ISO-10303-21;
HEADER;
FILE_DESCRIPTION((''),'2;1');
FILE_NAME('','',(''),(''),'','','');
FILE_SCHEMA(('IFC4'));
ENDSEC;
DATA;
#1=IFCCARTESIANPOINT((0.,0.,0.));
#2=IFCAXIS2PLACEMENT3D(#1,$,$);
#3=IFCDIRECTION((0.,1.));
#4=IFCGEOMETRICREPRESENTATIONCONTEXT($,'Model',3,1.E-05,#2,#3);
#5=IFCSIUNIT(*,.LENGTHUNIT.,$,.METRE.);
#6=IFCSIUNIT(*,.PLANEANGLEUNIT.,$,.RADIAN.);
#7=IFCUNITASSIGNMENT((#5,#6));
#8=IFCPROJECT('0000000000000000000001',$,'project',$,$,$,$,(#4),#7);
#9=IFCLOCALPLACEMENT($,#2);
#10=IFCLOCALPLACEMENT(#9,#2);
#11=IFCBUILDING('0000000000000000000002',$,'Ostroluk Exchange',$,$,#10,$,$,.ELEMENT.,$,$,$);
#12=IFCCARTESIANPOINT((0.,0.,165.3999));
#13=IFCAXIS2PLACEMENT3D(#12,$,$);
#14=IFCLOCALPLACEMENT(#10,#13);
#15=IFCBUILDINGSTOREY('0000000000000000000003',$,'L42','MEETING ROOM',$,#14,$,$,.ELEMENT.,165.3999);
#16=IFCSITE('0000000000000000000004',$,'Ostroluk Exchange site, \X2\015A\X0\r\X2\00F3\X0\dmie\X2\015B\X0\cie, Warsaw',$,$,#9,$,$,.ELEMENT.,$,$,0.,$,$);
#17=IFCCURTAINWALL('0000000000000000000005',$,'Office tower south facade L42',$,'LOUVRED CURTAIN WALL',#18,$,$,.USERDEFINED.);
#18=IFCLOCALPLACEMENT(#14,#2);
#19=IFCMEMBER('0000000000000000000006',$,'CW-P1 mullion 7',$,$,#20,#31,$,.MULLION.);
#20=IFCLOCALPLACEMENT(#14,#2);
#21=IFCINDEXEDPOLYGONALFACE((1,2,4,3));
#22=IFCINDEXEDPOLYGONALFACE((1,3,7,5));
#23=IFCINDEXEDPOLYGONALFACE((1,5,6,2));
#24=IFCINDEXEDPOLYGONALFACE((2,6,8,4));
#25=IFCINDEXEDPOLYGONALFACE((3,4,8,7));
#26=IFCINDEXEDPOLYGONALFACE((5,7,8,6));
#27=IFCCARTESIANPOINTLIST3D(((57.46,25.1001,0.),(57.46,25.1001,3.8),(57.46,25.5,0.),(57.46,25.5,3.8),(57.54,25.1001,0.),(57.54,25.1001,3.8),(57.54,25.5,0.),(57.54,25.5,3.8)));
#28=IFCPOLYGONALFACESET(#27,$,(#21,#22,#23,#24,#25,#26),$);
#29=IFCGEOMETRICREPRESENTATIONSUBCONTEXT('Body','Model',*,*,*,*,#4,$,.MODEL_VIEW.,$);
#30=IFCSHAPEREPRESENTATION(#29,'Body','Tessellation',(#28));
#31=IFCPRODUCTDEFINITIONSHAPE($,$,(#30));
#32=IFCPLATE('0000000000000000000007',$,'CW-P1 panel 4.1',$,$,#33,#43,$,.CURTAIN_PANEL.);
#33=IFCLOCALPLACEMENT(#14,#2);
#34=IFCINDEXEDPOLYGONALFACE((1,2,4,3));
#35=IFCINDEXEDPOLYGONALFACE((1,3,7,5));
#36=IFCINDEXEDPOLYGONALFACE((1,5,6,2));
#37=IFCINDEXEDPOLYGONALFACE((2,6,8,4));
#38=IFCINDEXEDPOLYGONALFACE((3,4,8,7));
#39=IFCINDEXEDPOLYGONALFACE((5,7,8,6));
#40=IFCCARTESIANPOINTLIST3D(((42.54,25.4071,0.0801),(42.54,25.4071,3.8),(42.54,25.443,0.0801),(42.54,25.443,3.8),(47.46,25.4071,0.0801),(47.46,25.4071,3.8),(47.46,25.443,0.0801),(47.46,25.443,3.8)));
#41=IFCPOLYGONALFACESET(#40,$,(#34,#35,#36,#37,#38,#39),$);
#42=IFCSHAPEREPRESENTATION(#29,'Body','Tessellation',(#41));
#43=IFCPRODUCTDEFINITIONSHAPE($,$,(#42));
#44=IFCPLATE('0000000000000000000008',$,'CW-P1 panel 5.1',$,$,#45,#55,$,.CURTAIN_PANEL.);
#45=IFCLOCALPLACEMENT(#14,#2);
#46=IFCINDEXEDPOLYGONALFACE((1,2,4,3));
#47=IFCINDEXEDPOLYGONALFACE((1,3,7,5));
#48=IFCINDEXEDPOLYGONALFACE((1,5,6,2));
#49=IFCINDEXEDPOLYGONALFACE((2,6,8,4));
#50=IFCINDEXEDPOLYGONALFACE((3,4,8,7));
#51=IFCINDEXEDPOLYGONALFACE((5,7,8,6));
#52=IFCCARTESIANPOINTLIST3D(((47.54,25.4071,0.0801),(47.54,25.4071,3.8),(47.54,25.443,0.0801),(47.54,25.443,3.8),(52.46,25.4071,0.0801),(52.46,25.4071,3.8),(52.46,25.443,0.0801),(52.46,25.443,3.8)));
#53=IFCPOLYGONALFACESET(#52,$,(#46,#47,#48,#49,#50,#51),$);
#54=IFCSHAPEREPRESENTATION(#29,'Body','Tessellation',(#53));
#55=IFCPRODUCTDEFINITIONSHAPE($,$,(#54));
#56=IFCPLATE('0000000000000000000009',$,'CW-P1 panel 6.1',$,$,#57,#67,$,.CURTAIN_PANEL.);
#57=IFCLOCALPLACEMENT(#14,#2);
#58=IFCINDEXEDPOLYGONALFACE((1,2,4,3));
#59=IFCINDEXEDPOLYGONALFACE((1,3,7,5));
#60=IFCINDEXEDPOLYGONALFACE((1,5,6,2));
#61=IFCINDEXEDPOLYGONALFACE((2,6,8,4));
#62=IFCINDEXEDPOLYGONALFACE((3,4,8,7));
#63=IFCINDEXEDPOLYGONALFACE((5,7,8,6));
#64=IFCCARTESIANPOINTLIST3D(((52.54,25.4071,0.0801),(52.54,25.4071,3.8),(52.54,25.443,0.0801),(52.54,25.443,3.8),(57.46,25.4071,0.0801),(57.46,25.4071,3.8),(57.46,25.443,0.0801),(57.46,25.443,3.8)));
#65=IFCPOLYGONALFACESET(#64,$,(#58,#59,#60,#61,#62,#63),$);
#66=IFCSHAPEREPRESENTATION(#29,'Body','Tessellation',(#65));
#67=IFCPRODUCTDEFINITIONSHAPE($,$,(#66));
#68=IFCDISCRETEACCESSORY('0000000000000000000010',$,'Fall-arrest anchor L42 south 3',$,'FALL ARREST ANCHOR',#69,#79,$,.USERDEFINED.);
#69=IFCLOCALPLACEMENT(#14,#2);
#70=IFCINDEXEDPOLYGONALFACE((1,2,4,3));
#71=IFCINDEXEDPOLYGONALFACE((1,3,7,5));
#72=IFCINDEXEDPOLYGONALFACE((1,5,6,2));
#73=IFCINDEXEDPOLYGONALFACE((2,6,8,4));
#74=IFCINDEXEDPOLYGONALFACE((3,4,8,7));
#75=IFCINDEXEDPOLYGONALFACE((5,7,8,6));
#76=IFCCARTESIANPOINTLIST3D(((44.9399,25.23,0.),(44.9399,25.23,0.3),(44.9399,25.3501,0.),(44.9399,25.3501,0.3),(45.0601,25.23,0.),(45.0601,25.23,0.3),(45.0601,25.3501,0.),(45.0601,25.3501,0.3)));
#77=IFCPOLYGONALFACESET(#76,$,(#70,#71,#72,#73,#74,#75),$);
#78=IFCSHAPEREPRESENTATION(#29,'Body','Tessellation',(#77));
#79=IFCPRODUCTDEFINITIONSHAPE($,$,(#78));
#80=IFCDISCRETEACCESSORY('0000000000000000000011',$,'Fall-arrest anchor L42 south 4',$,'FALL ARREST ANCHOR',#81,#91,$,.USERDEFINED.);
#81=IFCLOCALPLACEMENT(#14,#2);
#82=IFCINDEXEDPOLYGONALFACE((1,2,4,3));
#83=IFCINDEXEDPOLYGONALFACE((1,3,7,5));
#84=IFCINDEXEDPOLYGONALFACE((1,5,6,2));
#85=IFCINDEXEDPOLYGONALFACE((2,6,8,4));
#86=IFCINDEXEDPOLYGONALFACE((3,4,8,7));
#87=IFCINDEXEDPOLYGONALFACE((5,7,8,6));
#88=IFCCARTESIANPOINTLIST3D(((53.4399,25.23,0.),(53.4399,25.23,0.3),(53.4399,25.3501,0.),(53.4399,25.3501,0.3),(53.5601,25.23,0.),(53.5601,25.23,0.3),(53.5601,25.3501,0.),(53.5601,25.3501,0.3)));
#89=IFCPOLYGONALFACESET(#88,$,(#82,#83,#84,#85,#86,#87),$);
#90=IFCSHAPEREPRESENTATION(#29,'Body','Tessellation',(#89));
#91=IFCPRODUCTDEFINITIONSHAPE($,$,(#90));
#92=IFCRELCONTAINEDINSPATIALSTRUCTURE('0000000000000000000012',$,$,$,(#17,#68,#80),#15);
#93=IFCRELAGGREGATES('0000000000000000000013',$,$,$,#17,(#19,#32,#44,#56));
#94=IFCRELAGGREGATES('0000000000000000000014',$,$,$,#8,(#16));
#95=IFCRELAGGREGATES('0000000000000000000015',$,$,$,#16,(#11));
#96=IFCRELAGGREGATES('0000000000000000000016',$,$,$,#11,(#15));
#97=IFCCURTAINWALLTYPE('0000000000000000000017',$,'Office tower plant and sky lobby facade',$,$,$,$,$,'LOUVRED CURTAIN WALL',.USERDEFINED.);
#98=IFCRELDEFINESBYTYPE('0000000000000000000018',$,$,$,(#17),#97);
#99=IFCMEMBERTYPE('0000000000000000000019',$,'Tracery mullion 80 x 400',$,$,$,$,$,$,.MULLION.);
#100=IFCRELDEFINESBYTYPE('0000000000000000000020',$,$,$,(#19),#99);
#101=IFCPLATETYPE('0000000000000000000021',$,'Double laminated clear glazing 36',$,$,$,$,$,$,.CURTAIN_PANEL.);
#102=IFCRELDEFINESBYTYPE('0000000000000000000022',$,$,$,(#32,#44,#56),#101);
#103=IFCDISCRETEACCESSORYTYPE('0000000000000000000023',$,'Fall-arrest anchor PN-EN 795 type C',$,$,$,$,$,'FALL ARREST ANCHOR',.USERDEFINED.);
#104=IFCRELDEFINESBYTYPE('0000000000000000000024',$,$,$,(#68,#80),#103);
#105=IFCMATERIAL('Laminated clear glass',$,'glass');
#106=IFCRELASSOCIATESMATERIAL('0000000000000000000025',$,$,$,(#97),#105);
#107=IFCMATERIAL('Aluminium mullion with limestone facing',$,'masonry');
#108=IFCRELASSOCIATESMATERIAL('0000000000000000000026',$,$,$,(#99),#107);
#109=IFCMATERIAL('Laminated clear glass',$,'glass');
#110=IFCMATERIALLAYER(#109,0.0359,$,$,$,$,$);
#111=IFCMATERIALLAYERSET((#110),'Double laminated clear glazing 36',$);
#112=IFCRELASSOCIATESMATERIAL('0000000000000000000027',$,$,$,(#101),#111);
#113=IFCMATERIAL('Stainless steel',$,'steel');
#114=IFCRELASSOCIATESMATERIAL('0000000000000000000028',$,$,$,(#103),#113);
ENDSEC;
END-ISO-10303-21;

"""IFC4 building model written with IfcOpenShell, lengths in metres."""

from ifc_helpers import new_model, si_unit, direction, frame, origin, origin_2d, place, context, subcontext, project, spatial, rectangle, extrude, material, layer, layer_set, material_profile, profile_set, type_object, element, aggregate, save


model = new_model("IFC4")

# Units and contexts
model_context = context("Model", 3, precision=1e-05, world=origin(), true_north=direction((0.0, 1.0)))
body_context = subcontext(model_context, "Body", "Model", "MODEL_VIEW")
ifc_project = project(units=[si_unit("LENGTHUNIT", "METRE"), si_unit("PLANEANGLEUNIT", "RADIAN")], contexts=[model_context])

# Site, building, storey
site_placement = place(None, origin())
site = spatial("IfcSite", under=ifc_project, at=site_placement, Name="Ostroluk Exchange site, Śródmieście, Warsaw", CompositionType="ELEMENT", RefElevation=0.0)
building_placement = place(site_placement, origin())
building = spatial("IfcBuilding", under=site, at=building_placement, Name="Ostroluk Exchange", CompositionType="ELEMENT")
storey_placement = place(building_placement, frame((0.0, 0.0, 165.3999)))
storey = spatial("IfcBuildingStorey", under=building, at=storey_placement, Name="L42", Description="MEETING ROOM", CompositionType="ELEMENT", Elevation=165.3999)

# Curtain wall, member, plates
ifc_material_1 = material(Name="Laminated clear glass", Category="glass")
curtain_wall_type = type_object("IfcCurtainWallType", Name="Office tower plant and sky lobby facade", ElementType="LOUVRED CURTAIN WALL", PredefinedType="USERDEFINED", material=ifc_material_1)
curtain_wall_placement = place(storey_placement, origin())
curtain_wall = element("IfcCurtainWall", 1, at=curtain_wall_placement, inside=storey, type_object=curtain_wall_type, Name="Office tower south facade L42", ObjectType="LOUVRED CURTAIN WALL", PredefinedType="USERDEFINED")
ifc_material_2 = material(Name="Aluminium mullion with limestone facing", Category="masonry")
ifc_material_profile_1 = material_profile(ifc_material_2, rectangle(XDim=0.3999, YDim=0.0801, at=origin_2d()), Name="Tracery mullion 80 x 400")
ifc_profile_set_1 = profile_set([ifc_material_profile_1], Name="Aluminium mullion with limestone facing")
member_type_1 = type_object("IfcMemberType", Name="Tracery mullion 80 x 400", PredefinedType="MULLION", material=ifc_profile_set_1)
member_1_placement = place(storey_placement, frame((57.5, 25.3, 0.0), z_axis=(0.0, 0.0, 1.0), x_axis=(0.0, 1.0, 0.0)))
member_1 = element("IfcMember", 2, at=member_1_placement, type_object=member_type_1, Name="CW-P1 mullion 7", PredefinedType="MULLION", context=body_context, shape_type="SweptSolid", body=[
    extrude(rectangle(XDim=0.3999, YDim=0.0801, at=origin_2d()), origin(), (0.0, 0.0, 1.0), 3.8),
])
ifc_material_3 = material(Name="Laminated clear glass", Category="glass")
ifc_layer = layer(ifc_material_3, 0.0359)
ifc_layer_set = layer_set([ifc_layer], Name="Double laminated clear glazing 36")
plate_type = type_object("IfcPlateType", Name="Double laminated clear glazing 36", PredefinedType="CURTAIN_PANEL", material=ifc_layer_set)
plate_1_placement = place(storey_placement, frame((45.0, 25.425, 0.0801), z_axis=(0.0, 0.0, 1.0), x_axis=(1.0, 0.0, 0.0)))
plate_1 = element("IfcPlate", 3, at=plate_1_placement, type_object=plate_type, Name="CW-P1 panel 4.1", PredefinedType="CURTAIN_PANEL", context=body_context, shape_type="SweptSolid", body=[
    extrude(rectangle(XDim=4.9199, YDim=0.0359, at=origin_2d()), origin(), (0.0, 0.0, 1.0), 3.72),
])
plate_2_placement = place(storey_placement, frame((50.0, 25.425, 0.0801), z_axis=(0.0, 0.0, 1.0), x_axis=(1.0, 0.0, 0.0)))
plate_2 = element("IfcPlate", 4, at=plate_2_placement, type_object=plate_type, Name="CW-P1 panel 5.1", PredefinedType="CURTAIN_PANEL", context=body_context, shape_type="SweptSolid", body=[
    extrude(rectangle(XDim=4.9199, YDim=0.0359, at=origin_2d()), origin(), (0.0, 0.0, 1.0), 3.72),
])
plate_3_placement = place(storey_placement, frame((55.0, 25.425, 0.0801), z_axis=(0.0, 0.0, 1.0), x_axis=(1.0, 0.0, 0.0)))
plate_3 = element("IfcPlate", 5, at=plate_3_placement, type_object=plate_type, Name="CW-P1 panel 6.1", PredefinedType="CURTAIN_PANEL", context=body_context, shape_type="SweptSolid", body=[
    extrude(rectangle(XDim=4.9199, YDim=0.0359, at=origin_2d()), origin(), (0.0, 0.0, 1.0), 3.72),
])
aggregate(curtain_wall, [member_1, plate_1, plate_2, plate_3])

# Discrete accessories
ifc_material_4 = material(Name="Stainless steel", Category="steel")
discrete_accessory_type = type_object("IfcDiscreteAccessoryType", Name="Fall-arrest anchor PN-EN 795 type C", ElementType="FALL ARREST ANCHOR", PredefinedType="USERDEFINED", material=ifc_material_4)
for number, where, z_axis, x_axis, name in (
    (6, (45.0, 25.29, 0.0), (0.0, 0.0, 1.0), (1.0, 0.0, 0.0), "Fall-arrest anchor L42 south 3"),
    (7, (53.5, 25.29, 0.0), (0.0, 0.0, 1.0), (1.0, 0.0, 0.0), "Fall-arrest anchor L42 south 4"),
):
    element("IfcDiscreteAccessory", number, at=place(storey_placement, frame(where, z_axis=z_axis, x_axis=x_axis)), inside=storey, type_object=discrete_accessory_type, Name=name, ObjectType="FALL ARREST ANCHOR", PredefinedType="USERDEFINED", context=body_context, shape_type="SweptSolid", body=[
        extrude(rectangle(XDim=0.1201, YDim=0.1201, at=origin_2d()), origin(), (0.0, 0.0, 1.0), 0.3),
    ])

save(model, "model.ifc")
